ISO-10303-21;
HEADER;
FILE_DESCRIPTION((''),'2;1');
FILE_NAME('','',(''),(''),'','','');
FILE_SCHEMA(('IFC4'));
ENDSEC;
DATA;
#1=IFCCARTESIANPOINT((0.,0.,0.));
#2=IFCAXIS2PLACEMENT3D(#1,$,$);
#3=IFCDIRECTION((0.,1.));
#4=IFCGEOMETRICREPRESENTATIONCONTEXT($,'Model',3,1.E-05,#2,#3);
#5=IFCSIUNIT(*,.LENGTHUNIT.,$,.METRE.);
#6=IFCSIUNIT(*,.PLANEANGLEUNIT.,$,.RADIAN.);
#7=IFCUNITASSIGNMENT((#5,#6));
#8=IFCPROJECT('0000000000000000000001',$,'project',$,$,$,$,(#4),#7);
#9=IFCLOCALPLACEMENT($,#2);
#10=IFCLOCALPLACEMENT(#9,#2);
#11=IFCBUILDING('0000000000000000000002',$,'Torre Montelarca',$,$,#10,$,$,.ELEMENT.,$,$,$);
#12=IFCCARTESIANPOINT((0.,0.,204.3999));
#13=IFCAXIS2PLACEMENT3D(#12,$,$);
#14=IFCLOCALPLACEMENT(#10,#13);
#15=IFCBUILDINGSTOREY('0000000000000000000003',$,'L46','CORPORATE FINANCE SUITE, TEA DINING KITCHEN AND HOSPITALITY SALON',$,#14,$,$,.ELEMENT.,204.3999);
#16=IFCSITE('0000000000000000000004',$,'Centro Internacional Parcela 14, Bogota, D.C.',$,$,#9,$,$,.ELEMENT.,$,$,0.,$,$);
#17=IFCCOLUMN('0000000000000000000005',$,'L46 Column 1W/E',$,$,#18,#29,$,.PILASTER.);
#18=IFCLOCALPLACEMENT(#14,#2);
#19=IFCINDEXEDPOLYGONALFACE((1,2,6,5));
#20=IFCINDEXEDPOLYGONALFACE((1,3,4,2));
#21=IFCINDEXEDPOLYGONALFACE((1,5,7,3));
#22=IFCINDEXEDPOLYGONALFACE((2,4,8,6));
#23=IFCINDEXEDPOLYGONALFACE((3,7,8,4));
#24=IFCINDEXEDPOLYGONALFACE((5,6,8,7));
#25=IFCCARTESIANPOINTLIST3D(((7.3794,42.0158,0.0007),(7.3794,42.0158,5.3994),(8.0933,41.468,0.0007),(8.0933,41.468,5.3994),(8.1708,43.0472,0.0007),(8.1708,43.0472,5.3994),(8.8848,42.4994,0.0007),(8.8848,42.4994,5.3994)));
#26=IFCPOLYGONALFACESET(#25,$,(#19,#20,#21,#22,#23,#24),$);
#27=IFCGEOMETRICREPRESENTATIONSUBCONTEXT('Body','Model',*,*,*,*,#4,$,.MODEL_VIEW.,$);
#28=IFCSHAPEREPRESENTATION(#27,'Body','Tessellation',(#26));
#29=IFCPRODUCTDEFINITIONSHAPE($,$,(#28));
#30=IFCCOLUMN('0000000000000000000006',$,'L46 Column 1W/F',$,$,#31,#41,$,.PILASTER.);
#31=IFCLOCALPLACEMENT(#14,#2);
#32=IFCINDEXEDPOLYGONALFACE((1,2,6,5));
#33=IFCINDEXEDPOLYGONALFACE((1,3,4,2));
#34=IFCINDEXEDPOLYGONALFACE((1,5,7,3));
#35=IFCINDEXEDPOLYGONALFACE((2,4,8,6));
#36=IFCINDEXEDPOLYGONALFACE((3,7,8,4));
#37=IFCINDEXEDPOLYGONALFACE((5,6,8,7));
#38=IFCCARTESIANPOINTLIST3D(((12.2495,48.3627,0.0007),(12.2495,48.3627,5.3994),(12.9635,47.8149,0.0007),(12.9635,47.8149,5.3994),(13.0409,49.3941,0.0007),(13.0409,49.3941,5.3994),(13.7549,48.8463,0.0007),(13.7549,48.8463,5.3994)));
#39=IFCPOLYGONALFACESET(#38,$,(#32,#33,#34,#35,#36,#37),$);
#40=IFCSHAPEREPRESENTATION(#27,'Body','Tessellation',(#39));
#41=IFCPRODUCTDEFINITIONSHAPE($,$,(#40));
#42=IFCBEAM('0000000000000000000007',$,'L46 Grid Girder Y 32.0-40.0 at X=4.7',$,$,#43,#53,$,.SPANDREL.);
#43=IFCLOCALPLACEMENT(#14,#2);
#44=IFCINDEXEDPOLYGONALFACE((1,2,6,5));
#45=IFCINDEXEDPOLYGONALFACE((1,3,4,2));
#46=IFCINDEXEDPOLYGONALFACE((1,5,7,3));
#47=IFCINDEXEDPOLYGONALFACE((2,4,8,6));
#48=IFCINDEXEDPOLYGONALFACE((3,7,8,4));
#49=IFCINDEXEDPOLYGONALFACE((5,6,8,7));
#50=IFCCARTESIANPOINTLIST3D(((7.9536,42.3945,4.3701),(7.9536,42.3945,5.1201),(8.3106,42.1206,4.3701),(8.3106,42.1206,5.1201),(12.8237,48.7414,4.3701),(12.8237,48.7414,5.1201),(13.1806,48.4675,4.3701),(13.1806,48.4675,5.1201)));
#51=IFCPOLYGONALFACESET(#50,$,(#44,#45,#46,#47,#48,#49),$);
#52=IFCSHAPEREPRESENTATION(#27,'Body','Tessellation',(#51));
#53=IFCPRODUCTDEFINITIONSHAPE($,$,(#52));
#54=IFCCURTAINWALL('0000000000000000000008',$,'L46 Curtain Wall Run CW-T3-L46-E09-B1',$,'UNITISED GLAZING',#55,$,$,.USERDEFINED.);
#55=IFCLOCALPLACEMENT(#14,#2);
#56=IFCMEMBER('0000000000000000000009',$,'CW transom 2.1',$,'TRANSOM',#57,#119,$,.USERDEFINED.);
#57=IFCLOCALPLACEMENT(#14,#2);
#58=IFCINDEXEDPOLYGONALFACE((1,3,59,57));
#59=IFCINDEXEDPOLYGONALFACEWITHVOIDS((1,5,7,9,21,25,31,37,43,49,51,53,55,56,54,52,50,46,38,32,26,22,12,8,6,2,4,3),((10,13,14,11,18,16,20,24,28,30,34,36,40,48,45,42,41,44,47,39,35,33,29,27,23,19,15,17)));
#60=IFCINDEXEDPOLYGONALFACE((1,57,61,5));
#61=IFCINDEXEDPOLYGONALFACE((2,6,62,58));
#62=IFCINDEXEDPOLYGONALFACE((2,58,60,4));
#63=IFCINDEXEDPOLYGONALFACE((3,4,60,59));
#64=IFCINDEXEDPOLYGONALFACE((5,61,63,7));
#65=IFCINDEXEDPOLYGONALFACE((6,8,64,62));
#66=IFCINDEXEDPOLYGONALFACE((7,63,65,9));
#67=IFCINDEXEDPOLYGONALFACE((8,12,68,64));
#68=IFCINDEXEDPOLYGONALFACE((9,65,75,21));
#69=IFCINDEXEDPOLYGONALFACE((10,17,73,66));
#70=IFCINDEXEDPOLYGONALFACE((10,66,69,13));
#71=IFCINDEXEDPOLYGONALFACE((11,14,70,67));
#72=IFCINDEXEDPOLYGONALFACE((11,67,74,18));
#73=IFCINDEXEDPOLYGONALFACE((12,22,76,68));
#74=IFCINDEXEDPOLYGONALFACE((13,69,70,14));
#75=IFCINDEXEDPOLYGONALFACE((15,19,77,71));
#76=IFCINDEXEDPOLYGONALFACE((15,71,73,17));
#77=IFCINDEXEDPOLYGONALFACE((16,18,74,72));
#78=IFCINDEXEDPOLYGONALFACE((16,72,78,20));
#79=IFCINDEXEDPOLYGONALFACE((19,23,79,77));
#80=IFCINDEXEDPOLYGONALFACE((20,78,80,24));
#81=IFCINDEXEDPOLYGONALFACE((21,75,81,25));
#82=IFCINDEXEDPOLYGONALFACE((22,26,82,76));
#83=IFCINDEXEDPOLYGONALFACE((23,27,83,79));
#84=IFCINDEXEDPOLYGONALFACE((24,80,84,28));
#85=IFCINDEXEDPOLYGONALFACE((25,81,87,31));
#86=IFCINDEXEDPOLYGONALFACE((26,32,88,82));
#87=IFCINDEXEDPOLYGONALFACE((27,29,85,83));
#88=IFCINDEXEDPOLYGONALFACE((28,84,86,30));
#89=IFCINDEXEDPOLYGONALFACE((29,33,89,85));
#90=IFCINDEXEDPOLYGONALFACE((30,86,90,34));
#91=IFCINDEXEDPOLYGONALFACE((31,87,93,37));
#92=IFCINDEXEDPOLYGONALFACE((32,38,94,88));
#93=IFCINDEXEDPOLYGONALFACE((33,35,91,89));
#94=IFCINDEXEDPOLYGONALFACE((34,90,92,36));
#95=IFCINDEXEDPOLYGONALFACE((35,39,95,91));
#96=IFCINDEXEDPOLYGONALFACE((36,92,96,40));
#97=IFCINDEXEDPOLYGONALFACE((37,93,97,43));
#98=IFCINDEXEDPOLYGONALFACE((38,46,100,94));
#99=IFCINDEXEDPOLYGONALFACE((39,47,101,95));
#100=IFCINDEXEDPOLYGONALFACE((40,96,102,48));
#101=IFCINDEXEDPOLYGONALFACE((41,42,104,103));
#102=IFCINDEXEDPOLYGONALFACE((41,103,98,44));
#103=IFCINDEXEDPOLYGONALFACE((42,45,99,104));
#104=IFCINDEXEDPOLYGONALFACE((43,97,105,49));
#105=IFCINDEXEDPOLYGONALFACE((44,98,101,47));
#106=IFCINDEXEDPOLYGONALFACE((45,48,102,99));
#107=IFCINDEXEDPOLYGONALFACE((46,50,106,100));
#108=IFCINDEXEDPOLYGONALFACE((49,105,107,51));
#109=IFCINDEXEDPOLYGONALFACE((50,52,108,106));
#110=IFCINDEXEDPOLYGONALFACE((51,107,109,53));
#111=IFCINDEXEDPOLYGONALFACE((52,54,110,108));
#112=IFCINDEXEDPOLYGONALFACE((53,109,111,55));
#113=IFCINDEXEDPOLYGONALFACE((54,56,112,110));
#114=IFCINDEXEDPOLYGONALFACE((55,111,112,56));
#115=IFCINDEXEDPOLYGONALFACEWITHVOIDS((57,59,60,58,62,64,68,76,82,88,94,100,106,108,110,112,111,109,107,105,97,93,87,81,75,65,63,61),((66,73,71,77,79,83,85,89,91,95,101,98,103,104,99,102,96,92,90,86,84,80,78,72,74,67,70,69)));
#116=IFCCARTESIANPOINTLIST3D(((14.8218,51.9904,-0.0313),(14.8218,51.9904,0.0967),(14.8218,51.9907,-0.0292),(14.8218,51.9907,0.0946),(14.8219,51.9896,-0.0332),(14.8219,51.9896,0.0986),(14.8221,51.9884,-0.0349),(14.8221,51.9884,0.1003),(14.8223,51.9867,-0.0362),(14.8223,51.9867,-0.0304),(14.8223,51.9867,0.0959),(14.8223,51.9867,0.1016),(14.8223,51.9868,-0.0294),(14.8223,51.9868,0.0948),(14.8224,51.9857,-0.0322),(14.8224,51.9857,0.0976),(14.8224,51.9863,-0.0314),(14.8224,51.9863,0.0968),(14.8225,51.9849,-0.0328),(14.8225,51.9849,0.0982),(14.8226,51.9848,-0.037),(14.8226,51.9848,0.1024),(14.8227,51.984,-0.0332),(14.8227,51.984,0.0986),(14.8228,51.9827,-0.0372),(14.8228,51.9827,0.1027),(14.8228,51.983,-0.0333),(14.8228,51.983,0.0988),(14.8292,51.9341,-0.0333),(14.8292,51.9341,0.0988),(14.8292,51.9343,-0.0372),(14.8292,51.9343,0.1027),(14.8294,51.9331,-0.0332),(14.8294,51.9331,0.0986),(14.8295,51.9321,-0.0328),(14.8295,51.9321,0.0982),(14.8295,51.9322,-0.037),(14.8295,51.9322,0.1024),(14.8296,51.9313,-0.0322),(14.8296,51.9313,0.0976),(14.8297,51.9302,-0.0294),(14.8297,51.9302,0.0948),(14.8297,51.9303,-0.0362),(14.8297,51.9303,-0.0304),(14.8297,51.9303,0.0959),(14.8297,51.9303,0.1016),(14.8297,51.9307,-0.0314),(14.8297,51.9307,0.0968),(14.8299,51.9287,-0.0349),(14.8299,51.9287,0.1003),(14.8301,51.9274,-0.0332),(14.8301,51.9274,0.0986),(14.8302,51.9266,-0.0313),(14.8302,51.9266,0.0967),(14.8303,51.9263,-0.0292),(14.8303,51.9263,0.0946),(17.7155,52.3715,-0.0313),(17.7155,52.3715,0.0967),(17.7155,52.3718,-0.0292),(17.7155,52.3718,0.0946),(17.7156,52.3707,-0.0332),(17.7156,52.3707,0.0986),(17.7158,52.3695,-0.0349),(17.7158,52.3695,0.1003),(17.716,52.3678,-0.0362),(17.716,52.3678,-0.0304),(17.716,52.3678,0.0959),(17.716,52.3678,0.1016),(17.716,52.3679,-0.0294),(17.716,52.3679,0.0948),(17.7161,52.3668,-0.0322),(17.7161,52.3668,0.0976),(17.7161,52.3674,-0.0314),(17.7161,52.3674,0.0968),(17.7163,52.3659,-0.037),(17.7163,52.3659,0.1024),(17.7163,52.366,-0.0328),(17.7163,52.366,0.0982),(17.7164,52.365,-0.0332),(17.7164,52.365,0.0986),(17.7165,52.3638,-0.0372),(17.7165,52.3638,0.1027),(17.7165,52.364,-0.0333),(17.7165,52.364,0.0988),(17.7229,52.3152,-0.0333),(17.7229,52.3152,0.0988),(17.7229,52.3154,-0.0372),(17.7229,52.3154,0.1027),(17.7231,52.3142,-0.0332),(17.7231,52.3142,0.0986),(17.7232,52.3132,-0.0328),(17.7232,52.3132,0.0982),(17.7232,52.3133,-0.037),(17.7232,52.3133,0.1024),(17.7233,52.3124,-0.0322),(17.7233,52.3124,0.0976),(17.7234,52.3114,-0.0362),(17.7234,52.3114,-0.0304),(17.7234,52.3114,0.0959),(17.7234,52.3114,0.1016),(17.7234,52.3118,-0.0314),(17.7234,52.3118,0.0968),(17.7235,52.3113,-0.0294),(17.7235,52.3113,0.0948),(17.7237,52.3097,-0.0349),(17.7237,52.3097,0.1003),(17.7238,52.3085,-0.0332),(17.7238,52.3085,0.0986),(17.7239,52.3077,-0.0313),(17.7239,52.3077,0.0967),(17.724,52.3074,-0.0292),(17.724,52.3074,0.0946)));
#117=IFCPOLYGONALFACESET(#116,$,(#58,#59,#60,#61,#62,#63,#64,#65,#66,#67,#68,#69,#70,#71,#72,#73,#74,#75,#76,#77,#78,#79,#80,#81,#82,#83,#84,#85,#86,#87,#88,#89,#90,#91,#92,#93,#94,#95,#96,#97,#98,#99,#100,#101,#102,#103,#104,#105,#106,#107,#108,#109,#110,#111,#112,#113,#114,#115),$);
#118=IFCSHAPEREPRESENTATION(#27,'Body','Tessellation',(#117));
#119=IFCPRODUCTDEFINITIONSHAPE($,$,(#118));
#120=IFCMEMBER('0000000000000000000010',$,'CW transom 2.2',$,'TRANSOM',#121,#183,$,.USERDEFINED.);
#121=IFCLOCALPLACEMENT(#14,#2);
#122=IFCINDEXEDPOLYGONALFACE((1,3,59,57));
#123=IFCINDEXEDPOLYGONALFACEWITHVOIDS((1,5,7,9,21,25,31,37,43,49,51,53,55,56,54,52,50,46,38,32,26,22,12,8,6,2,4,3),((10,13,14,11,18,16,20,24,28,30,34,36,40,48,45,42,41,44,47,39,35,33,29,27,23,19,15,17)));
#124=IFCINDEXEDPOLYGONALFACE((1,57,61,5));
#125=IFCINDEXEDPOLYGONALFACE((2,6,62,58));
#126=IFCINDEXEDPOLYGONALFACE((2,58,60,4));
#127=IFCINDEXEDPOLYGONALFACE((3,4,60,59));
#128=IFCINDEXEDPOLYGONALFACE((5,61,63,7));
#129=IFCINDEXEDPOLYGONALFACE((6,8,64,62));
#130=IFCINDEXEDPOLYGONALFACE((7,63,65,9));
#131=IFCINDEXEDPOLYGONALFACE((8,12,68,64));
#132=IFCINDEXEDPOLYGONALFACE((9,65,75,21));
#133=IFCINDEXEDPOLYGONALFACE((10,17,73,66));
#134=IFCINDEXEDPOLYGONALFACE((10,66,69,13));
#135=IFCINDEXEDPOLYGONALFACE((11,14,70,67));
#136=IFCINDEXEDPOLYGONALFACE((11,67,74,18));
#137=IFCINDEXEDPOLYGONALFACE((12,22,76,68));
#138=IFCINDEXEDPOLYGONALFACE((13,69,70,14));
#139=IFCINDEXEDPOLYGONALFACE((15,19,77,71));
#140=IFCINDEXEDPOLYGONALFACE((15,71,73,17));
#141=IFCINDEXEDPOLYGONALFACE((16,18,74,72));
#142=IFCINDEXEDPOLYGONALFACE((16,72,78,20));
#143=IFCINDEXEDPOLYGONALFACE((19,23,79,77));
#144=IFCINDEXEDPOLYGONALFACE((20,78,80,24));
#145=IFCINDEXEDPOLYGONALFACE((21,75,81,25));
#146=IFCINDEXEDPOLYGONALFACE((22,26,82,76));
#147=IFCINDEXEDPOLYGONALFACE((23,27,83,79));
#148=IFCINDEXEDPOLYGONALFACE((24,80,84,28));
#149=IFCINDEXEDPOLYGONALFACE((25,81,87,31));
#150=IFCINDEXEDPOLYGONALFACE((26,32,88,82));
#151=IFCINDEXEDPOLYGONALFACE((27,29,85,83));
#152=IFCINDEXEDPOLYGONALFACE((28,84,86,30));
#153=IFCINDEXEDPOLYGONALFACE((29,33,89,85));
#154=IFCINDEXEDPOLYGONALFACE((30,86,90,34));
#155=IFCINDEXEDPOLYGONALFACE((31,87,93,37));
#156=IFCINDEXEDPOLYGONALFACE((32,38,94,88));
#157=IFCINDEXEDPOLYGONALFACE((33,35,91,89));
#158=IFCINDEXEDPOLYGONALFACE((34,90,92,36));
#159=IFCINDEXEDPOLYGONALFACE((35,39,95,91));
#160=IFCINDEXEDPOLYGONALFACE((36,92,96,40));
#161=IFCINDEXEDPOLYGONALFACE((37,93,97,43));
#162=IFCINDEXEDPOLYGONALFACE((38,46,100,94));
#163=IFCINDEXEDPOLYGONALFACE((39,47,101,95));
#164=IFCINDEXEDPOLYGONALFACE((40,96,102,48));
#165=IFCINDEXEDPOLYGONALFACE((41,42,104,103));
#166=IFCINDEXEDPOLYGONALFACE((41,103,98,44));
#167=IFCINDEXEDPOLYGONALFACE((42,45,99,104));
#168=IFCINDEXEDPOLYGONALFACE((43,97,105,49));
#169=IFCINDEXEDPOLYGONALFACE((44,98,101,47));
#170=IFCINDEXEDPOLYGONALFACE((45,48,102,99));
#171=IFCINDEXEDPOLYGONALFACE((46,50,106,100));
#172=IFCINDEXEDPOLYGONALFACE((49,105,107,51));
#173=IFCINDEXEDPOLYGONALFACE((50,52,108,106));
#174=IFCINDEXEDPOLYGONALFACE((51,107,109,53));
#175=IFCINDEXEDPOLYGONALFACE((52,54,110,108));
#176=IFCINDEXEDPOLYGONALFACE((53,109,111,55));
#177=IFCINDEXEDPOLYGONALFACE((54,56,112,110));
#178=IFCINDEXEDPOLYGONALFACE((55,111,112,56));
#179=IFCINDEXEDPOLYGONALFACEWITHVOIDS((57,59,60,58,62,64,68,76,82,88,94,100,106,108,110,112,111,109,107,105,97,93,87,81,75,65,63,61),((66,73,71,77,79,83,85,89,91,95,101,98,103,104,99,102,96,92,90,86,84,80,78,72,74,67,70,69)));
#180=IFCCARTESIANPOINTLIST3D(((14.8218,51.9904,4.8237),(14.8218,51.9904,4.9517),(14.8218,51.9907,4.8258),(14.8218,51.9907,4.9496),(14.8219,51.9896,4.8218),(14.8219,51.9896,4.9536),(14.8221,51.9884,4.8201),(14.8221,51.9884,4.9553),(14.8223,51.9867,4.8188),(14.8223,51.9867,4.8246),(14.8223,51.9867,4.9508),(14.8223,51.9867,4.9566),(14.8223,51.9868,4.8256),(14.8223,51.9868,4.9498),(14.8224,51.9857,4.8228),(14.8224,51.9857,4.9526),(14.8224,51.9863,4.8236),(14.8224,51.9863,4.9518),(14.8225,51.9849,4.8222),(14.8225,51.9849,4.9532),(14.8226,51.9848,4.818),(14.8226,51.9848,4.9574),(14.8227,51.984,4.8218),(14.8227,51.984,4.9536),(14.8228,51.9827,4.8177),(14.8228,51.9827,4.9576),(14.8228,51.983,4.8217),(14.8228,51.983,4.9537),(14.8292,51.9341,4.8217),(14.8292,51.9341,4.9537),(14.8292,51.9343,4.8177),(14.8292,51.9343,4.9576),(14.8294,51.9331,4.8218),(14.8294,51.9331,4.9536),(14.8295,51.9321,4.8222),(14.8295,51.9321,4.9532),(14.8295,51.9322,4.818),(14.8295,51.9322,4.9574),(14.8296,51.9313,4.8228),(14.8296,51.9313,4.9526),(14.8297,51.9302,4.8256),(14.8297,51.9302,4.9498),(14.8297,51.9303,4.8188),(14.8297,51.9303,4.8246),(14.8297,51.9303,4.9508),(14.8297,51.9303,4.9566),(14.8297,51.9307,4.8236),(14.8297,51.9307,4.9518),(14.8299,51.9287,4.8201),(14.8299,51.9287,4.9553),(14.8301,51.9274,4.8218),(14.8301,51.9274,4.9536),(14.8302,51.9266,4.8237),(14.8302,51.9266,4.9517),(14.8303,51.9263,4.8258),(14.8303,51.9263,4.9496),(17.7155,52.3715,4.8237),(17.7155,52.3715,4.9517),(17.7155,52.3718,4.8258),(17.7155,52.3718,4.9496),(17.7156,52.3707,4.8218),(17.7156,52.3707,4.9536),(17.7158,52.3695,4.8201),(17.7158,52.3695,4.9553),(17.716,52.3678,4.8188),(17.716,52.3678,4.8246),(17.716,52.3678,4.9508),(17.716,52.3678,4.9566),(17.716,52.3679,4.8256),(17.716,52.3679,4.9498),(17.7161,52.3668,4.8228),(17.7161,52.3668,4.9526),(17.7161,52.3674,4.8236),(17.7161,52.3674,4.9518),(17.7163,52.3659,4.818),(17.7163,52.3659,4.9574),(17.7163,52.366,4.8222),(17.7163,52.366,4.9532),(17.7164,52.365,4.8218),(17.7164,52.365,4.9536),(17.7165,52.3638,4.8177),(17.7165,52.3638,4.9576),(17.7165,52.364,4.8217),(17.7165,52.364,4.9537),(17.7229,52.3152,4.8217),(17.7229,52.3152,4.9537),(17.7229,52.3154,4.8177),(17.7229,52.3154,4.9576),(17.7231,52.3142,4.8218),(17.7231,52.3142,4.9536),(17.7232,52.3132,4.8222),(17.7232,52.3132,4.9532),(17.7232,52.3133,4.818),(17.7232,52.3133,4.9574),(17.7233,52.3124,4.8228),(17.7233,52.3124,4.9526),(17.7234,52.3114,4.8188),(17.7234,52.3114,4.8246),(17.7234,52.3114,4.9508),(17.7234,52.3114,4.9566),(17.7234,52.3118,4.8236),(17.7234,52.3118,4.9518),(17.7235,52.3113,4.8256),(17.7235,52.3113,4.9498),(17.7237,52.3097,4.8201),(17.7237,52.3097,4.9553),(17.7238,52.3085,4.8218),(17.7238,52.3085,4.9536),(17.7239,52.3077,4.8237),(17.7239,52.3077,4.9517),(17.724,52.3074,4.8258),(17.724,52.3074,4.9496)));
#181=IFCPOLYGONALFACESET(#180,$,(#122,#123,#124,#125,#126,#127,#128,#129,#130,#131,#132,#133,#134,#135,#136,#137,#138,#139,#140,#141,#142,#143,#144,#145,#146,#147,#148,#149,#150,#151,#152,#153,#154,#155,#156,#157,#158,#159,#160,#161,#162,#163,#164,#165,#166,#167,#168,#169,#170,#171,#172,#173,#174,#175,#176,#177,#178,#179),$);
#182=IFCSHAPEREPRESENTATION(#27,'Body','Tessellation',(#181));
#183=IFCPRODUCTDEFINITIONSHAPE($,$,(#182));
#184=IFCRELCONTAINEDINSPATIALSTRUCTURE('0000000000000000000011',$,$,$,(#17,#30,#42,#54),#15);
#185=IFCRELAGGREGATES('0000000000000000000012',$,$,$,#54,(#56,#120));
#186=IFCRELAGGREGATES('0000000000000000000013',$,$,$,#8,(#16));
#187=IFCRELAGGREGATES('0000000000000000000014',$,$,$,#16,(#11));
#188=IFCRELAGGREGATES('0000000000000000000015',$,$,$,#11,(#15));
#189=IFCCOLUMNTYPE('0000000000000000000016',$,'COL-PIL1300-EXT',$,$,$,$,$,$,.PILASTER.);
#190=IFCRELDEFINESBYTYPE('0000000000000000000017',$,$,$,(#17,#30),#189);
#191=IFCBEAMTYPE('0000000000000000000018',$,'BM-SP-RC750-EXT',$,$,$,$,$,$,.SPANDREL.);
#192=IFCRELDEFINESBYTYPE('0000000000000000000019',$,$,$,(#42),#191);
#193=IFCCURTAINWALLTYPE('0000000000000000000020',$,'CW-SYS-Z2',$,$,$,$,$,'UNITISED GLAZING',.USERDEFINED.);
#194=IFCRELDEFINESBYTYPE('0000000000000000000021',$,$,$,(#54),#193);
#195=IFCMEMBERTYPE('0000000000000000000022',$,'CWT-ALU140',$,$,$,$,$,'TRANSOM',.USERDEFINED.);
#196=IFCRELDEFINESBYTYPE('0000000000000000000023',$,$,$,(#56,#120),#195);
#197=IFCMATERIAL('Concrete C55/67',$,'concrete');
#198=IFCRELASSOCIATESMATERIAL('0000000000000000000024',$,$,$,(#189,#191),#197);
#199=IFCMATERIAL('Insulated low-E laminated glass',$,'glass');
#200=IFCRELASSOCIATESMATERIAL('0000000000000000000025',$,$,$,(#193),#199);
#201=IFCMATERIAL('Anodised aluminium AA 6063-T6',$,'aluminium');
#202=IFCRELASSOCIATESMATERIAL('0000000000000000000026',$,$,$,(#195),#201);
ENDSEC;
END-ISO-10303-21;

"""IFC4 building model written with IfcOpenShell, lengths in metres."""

from ifc_helpers import new_model, si_unit, direction, frame, origin, origin_2d, place, context, subcontext, project, spatial, rectangle, hollow_rectangle, extrude, source, transform, mapped, material, material_profile, profile_set, type_object, element, aggregate, save


model = new_model("IFC4")

# Units and contexts
model_context = context("Model", 3, precision=1e-05, world=origin(), true_north=direction((0.0, 1.0)))
body_context = subcontext(model_context, "Body", "Model", "MODEL_VIEW")
ifc_project = project(units=[si_unit("LENGTHUNIT", "METRE"), si_unit("PLANEANGLEUNIT", "RADIAN")], contexts=[model_context])

# Site, building, storey
site_placement = place(None, origin())
site = spatial("IfcSite", under=ifc_project, at=site_placement, Name="Centro Internacional Parcela 14, Bogota, D.C.", CompositionType="ELEMENT", RefElevation=0.0)
building_placement = place(site_placement, origin())
building = spatial("IfcBuilding", under=site, at=building_placement, Name="Torre Montelarca", CompositionType="ELEMENT")
storey_placement = place(building_placement, frame((0.0, 0.0, 204.3999)))
storey = spatial("IfcBuildingStorey", under=building, at=storey_placement, Name="L46", Description="CORPORATE FINANCE SUITE, TEA DINING KITCHEN AND HOSPITALITY SALON", CompositionType="ELEMENT", Elevation=204.3999)

# Columns
ifc_material_1 = material(Name="Concrete C55/67", Category="concrete")
ifc_material_profile_1 = material_profile(ifc_material_1, rectangle(XDim=0.8999, YDim=1.3, at=origin_2d()), Name="RC1300X900", Category="concrete")
ifc_profile_set_1 = profile_set([ifc_material_profile_1], Name="Concrete C55/67")
column_type = type_object("IfcColumnType", Name="COL-PIL1300-EXT", PredefinedType="PILASTER", material=ifc_profile_set_1)
shared_shape_1 = source(origin(), body_context, "Body", "SweptSolid", [
    extrude(rectangle(XDim=0.8999, YDim=1.3, at=origin_2d()), origin(), (0.0, 0.0, 1.0), 5.3987),
])
for number, where, z_axis, x_axis, name in (
    (1, (8.1321, 42.2576, 0.0007), (0.0, 0.0, 1.0), (-0.793353, 0.608761, 0.0), "L46 Column 1W/E"),
    (2, (13.0022, 48.6045, 0.0007), (0.0, 0.0, 1.0), (-0.793353, 0.608761, 0.0), "L46 Column 1W/F"),
):
    element("IfcColumn", number, at=place(storey_placement, frame(where, z_axis=z_axis, x_axis=x_axis)), inside=storey, type_object=column_type, Name=name, PredefinedType="PILASTER", context=body_context, shape_type="MappedRepresentation", body=[
        mapped(shared_shape_1, transform((0.0, 0.0, 0.0), scale=1.0)),
    ])

# Beam
ifc_material_profile_2 = material_profile(ifc_material_1, rectangle(XDim=0.45, YDim=0.75, at=origin_2d()), Name="RCB450X750", Category="concrete")
ifc_profile_set_2 = profile_set([ifc_material_profile_2], Name="Concrete C55/67")
beam_type = type_object("IfcBeamType", Name="BM-SP-RC750-EXT", PredefinedType="SPANDREL", material=ifc_profile_set_2)
shared_shape_2 = source(origin(), body_context, "Body", "SweptSolid", [
    extrude(rectangle(XDim=0.45, YDim=0.75, at=origin_2d()), origin(), (0.0, 0.0, 1.0), 8.0),
])
beam_placement = place(storey_placement, frame((8.1321, 42.2576, 4.7451), z_axis=(0.608758, 0.793356, 0.0), x_axis=(-0.793356, 0.608758, 0.0)))
element("IfcBeam", 3, at=beam_placement, inside=storey, type_object=beam_type, Name="L46 Grid Girder Y 32.0-40.0 at X=4.7", PredefinedType="SPANDREL", context=body_context, shape_type="MappedRepresentation", body=[
    mapped(shared_shape_2, transform((0.0, 0.0, 0.0), scale=1.0)),
])

# Curtain wall, members
ifc_material_2 = material(Name="Insulated low-E laminated glass", Category="glass")
curtain_wall_type = type_object("IfcCurtainWallType", Name="CW-SYS-Z2", ElementType="UNITISED GLAZING", PredefinedType="USERDEFINED", material=ifc_material_2)
curtain_wall_1_placement = place(storey_placement, origin())
curtain_wall_1 = element("IfcCurtainWall", 4, at=curtain_wall_1_placement, inside=storey, type_object=curtain_wall_type, Name="L46 Curtain Wall Run CW-T3-L46-E09-B1", ObjectType="UNITISED GLAZING", PredefinedType="USERDEFINED")
ifc_material_3 = material(Name="Anodised aluminium AA 6063-T6", Category="aluminium")
ifc_material_profile_3 = material_profile(ifc_material_3, hollow_rectangle(XDim=0.0649, YDim=0.1399, WallThickness=0.0039, InnerFilletRadius=0.0039, OuterFilletRadius=0.0081, at=origin_2d()), Name="ALU65X140X4", Category="aluminium")
ifc_profile_set_3 = profile_set([ifc_material_profile_3], Name="Anodised aluminium AA 6063-T6")
member_type_1 = type_object("IfcMemberType", Name="CWT-ALU140", ElementType="TRANSOM", PredefinedType="USERDEFINED", material=ifc_profile_set_3)
shared_shape_3 = source(origin(), body_context, "Body", "SweptSolid", [
    extrude(hollow_rectangle(XDim=0.0649, YDim=0.1399, WallThickness=0.0039, InnerFilletRadius=0.0039, OuterFilletRadius=0.0081, at=origin_2d()), origin(), (0.0, 0.0, 1.0), 2.9187),
])
member_1_placement = place(storey_placement, frame((17.7197, 52.3396, 0.0327), z_axis=(-0.991439, -0.130569, 0.0), x_axis=(0.130569, -0.991439, 0.0)))
member_1 = element("IfcMember", 5, at=member_1_placement, type_object=member_type_1, Name="CW transom 2.1", ObjectType="TRANSOM", PredefinedType="USERDEFINED", context=body_context, shape_type="MappedRepresentation", body=[
    mapped(shared_shape_3, transform((0.0, 0.0, 0.0), scale=1.0)),
])
member_2_placement = place(storey_placement, frame((17.7197, 52.3396, 4.8877), z_axis=(-0.991439, -0.130569, 0.0), x_axis=(0.130569, -0.991439, 0.0)))
member_2 = element("IfcMember", 6, at=member_2_placement, type_object=member_type_1, Name="CW transom 2.2", ObjectType="TRANSOM", PredefinedType="USERDEFINED", context=body_context, shape_type="MappedRepresentation", body=[
    mapped(shared_shape_3, transform((0.0, 0.0, 0.0), scale=1.0)),
])

aggregate(curtain_wall_1, [member_1, member_2])

save(model, "model.ifc")
